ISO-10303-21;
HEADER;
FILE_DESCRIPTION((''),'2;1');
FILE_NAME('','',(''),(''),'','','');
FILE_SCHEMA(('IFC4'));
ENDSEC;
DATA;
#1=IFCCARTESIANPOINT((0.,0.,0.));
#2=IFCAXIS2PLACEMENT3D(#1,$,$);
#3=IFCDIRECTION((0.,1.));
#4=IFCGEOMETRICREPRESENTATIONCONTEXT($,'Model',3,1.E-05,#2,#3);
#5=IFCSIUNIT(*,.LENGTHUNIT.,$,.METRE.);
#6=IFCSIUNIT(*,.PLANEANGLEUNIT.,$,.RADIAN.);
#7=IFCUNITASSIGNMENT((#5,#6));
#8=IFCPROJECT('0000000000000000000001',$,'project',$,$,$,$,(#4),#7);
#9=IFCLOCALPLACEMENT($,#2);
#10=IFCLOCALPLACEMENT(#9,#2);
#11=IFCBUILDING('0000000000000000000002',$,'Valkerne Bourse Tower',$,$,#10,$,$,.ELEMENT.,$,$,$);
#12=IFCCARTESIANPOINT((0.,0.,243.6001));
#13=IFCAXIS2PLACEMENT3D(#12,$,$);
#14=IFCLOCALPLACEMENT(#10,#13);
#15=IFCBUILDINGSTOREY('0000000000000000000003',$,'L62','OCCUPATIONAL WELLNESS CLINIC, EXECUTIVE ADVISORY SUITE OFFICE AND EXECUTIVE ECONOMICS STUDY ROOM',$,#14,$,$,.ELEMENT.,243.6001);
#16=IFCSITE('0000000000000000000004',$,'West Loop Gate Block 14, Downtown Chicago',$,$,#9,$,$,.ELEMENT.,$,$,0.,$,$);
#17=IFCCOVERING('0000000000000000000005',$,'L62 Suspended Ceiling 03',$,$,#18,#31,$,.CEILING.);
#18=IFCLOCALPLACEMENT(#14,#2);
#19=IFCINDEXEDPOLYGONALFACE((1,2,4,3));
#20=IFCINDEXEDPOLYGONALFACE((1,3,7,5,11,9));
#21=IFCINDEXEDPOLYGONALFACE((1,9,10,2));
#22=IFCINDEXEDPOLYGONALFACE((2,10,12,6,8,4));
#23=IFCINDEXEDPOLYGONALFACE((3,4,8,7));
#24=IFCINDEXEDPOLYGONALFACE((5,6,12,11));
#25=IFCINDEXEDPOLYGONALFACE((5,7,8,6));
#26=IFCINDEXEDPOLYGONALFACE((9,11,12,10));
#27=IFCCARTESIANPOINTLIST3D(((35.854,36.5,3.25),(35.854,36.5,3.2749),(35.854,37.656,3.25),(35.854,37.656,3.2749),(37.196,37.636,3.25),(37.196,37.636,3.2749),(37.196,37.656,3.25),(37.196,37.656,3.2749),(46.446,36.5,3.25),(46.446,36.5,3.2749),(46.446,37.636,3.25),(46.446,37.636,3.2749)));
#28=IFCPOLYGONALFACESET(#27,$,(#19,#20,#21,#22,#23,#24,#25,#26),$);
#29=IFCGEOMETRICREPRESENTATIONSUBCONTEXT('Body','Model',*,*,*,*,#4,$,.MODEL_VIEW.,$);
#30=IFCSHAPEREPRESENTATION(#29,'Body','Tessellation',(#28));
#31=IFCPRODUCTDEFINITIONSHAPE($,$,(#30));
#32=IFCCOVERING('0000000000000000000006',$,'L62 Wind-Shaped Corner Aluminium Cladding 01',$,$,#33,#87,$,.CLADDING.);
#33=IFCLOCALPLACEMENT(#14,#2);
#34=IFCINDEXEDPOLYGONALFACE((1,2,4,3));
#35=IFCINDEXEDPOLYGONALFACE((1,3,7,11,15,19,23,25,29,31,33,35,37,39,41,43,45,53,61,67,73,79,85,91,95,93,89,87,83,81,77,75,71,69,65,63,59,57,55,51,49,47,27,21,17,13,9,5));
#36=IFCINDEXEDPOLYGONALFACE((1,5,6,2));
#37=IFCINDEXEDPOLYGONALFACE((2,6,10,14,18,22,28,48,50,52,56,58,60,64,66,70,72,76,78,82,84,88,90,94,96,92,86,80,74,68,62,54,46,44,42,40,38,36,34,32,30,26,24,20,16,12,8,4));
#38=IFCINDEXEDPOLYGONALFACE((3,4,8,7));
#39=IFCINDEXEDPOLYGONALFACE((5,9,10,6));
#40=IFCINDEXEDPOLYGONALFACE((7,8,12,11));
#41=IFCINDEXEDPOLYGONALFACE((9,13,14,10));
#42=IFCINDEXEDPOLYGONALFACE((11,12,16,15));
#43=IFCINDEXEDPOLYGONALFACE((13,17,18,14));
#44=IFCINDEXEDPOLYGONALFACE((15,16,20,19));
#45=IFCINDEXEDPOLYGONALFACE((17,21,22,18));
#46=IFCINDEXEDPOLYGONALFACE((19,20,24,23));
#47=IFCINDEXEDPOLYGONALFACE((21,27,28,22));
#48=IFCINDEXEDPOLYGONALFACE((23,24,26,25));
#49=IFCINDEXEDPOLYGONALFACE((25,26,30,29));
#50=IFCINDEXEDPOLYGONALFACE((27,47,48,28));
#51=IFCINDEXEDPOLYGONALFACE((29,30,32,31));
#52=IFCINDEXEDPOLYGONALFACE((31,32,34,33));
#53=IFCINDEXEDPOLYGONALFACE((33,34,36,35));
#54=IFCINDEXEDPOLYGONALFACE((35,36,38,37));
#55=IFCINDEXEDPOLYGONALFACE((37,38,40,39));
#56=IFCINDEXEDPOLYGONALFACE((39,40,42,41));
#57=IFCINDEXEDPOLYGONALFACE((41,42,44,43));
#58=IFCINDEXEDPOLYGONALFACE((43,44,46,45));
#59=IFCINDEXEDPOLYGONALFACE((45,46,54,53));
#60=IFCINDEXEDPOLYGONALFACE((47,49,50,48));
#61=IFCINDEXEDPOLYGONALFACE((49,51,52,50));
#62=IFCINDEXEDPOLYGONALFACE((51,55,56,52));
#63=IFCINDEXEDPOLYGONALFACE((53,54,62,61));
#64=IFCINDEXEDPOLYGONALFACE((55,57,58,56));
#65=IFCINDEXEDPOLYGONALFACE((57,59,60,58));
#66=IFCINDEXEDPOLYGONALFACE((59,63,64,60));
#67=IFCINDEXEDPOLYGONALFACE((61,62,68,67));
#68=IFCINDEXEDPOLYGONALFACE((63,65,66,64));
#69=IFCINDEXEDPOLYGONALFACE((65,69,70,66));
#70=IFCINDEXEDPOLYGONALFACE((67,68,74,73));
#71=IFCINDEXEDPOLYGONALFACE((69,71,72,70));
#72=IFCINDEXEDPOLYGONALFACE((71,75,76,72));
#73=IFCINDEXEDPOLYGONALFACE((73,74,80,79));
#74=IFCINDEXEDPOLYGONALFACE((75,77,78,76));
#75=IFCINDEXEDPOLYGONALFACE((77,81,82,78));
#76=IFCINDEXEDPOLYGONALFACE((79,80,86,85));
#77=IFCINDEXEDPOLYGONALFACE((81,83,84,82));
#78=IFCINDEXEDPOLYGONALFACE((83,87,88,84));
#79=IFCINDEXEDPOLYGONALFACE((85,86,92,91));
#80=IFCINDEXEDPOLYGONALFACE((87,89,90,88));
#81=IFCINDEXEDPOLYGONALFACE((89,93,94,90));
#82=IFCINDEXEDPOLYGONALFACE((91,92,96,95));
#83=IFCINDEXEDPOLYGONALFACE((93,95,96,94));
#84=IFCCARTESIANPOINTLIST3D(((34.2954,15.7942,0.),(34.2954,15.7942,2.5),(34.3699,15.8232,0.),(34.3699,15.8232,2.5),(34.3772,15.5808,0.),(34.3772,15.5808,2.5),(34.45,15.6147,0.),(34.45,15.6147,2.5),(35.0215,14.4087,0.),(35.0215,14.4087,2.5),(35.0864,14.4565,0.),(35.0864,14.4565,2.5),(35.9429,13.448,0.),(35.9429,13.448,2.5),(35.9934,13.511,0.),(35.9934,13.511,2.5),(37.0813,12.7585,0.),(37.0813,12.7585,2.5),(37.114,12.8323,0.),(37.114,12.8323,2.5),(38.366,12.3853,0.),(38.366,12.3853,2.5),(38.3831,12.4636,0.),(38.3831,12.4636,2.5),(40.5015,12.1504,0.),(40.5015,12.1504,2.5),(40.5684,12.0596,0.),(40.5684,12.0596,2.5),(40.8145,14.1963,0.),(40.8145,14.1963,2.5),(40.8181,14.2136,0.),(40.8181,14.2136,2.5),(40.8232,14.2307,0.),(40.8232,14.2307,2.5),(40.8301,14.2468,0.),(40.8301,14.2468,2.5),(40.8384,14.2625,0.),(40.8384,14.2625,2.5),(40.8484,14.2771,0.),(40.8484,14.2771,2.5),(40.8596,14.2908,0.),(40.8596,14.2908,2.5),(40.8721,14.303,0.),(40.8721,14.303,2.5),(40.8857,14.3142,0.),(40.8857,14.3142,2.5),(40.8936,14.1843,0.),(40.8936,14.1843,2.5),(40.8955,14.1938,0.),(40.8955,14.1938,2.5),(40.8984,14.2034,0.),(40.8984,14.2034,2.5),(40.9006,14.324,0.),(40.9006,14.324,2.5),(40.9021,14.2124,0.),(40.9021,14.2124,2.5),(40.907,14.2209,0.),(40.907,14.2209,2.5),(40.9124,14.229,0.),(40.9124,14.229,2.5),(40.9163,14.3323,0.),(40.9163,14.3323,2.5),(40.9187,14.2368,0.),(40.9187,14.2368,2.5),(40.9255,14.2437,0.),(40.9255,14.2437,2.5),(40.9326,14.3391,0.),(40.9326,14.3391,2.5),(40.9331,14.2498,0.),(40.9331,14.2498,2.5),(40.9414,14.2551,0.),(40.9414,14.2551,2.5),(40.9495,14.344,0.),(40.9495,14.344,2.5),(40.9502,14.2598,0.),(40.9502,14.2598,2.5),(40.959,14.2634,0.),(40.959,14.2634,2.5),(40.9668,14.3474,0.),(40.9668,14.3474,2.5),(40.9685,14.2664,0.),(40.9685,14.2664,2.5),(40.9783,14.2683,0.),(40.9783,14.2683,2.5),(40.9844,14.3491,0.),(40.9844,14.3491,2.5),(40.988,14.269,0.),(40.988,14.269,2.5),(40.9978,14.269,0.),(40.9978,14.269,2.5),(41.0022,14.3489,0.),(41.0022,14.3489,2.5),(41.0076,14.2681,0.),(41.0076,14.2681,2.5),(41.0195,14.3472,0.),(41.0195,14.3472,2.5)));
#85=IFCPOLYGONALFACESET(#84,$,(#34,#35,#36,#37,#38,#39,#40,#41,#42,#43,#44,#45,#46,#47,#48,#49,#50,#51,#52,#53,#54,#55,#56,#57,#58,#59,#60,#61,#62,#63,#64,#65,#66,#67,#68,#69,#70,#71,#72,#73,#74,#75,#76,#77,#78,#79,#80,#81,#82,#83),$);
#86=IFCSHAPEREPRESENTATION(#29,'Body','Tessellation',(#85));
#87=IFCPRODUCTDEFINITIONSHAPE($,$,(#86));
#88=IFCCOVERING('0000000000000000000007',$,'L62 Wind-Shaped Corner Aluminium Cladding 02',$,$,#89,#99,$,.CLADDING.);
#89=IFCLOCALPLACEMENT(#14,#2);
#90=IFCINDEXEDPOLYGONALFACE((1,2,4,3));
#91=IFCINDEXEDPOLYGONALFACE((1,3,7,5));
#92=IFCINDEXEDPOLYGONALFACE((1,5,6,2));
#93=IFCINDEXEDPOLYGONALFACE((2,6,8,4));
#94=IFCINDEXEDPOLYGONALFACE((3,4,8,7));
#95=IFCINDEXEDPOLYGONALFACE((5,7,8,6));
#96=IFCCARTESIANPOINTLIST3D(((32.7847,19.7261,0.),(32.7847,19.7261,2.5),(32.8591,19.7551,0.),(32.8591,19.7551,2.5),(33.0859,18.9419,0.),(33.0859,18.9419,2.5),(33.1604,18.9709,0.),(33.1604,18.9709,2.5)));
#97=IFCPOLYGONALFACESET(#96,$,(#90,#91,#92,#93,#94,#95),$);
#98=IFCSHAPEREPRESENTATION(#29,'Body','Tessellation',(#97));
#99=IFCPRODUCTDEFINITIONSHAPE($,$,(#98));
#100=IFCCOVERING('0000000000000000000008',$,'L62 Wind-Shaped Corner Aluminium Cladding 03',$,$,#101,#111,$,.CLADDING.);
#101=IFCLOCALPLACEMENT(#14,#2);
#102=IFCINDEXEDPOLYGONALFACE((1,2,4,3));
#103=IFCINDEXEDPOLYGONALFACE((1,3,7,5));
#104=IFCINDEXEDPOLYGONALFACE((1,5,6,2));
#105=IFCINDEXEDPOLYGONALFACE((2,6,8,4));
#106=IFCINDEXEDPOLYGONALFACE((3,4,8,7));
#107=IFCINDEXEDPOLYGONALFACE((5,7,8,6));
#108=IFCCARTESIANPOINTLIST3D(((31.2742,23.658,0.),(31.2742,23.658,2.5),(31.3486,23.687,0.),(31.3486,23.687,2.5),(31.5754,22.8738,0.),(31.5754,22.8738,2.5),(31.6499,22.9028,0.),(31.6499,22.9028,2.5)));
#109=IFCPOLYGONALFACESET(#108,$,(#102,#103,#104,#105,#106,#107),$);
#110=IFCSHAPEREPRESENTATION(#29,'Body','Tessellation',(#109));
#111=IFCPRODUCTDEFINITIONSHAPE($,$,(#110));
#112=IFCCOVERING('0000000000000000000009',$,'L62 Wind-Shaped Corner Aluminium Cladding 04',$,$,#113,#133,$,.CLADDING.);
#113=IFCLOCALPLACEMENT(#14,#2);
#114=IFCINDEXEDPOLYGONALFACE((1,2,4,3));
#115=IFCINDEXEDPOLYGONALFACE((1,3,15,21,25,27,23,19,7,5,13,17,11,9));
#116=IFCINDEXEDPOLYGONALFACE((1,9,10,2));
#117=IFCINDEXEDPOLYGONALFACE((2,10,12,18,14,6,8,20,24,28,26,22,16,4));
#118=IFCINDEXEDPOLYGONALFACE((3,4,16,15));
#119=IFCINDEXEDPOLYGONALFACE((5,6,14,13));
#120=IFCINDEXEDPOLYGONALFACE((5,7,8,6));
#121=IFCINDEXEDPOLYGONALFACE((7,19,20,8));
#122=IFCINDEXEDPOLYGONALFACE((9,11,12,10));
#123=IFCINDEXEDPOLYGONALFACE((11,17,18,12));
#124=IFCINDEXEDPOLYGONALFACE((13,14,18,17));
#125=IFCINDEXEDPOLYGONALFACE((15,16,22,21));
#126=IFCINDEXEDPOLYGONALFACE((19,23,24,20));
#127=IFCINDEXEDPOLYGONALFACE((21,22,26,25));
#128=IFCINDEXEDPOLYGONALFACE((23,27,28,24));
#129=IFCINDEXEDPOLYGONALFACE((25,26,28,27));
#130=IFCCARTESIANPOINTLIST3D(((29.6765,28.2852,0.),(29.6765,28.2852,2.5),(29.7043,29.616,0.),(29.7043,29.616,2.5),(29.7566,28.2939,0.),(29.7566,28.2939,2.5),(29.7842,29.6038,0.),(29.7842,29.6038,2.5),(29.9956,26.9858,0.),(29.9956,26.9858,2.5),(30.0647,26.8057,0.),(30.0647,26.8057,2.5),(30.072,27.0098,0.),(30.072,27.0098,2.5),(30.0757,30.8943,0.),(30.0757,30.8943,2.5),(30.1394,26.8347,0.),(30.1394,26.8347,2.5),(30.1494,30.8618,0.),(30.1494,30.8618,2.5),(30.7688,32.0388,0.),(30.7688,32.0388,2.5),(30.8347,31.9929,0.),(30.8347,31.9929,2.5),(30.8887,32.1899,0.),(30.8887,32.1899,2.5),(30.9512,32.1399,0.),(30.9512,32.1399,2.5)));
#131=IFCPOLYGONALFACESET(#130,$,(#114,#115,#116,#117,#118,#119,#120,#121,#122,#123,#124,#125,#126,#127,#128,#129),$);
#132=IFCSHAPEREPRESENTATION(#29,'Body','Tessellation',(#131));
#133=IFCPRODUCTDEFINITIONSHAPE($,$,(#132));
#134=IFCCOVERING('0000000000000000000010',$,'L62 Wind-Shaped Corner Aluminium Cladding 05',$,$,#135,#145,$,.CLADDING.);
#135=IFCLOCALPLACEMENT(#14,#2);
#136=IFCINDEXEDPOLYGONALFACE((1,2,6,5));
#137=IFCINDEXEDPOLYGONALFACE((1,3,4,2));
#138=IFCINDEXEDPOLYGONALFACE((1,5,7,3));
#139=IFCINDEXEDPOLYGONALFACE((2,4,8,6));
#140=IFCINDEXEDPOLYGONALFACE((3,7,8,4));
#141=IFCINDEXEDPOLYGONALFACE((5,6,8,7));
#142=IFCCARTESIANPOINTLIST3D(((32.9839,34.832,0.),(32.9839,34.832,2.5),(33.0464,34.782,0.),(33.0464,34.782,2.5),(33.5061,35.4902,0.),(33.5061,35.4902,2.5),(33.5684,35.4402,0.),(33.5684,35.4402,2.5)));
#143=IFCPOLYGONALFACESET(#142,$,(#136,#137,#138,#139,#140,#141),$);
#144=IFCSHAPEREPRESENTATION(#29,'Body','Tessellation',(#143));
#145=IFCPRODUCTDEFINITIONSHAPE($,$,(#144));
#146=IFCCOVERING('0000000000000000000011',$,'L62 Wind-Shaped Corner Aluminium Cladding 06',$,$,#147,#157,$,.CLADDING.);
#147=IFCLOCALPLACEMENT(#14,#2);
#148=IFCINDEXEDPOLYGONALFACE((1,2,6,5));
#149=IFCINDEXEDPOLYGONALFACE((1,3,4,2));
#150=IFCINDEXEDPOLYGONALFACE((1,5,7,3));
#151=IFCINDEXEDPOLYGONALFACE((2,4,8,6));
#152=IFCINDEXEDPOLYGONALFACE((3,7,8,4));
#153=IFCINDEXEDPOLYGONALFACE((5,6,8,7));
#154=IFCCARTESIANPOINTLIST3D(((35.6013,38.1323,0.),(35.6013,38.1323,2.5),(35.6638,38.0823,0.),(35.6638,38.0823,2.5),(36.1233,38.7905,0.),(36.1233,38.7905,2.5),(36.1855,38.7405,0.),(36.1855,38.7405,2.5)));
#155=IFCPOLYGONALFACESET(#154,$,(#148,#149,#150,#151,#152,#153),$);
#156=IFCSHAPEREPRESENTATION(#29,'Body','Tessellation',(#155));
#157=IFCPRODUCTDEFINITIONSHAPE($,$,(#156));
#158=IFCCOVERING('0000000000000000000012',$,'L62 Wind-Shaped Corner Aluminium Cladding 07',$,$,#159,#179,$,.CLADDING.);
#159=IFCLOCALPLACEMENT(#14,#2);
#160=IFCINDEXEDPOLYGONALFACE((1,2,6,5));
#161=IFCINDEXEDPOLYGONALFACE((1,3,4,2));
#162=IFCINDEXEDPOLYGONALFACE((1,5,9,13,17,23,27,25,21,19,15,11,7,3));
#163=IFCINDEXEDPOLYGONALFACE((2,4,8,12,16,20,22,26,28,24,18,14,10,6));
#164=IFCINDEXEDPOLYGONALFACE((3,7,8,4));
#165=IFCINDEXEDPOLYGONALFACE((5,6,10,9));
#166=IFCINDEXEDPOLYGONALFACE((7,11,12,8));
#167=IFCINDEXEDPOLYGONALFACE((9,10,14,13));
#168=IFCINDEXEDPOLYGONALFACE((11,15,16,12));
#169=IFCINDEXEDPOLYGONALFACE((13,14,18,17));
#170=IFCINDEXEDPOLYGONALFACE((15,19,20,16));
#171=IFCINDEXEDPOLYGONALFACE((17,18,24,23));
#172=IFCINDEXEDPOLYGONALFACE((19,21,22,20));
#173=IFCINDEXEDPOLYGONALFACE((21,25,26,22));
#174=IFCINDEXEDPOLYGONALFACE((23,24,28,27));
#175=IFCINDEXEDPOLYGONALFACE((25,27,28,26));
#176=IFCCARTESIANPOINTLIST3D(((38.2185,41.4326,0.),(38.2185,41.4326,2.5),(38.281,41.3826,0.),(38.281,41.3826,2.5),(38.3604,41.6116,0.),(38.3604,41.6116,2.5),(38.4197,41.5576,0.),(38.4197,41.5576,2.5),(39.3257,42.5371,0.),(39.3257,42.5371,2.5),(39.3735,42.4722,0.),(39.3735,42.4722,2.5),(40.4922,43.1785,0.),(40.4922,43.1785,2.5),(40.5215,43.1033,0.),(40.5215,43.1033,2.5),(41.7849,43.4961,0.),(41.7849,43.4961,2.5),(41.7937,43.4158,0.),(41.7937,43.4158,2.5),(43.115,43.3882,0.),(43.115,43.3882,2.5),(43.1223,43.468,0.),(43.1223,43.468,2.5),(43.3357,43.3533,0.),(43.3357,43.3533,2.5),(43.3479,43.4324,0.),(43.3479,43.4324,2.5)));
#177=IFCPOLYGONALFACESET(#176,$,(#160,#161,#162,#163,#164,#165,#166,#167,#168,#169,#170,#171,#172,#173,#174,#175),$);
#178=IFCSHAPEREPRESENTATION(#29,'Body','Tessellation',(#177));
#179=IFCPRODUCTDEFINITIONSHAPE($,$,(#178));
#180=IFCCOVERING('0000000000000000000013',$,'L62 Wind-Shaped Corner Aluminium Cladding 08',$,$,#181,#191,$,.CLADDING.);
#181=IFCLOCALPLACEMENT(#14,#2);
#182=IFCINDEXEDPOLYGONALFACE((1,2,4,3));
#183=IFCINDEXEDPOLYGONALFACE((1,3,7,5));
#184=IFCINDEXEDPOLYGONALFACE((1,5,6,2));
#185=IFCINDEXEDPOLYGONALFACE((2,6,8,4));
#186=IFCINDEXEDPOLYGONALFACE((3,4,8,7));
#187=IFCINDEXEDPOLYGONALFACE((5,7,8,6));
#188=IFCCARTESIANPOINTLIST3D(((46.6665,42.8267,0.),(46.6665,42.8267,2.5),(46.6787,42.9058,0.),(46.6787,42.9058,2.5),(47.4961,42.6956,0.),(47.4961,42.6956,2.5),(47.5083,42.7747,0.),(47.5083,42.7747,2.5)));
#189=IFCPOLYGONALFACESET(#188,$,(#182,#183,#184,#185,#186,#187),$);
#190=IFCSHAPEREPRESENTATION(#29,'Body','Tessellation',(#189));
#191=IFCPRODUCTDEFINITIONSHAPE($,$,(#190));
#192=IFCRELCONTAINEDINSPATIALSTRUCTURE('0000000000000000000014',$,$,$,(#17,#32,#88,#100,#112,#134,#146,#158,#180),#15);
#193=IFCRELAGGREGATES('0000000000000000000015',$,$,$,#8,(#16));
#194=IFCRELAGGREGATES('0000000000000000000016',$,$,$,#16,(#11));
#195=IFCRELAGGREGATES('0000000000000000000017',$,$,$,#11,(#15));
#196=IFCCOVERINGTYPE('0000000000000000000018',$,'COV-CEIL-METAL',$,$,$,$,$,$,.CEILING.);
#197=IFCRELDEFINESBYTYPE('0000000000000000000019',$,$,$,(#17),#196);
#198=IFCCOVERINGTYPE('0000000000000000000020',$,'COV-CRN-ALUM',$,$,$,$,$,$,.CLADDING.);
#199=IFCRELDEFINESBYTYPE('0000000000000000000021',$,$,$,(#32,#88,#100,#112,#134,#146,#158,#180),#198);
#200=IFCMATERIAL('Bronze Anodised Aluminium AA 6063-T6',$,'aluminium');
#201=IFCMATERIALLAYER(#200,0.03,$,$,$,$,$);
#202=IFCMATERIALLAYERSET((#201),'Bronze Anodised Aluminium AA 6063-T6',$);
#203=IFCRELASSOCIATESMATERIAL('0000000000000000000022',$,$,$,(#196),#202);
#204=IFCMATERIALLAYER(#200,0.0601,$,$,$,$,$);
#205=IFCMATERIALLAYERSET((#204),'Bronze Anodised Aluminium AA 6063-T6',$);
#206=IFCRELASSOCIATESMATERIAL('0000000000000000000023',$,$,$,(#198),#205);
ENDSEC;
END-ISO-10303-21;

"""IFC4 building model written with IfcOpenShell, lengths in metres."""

from ifc_helpers import new_model, si_unit, direction, frame, origin, place, context, subcontext, project, spatial, polyline, outline, extrude, material, layer, layer_set, type_object, element, save


model = new_model("IFC4")

# Units and contexts
model_context = context("Model", 3, precision=1e-05, world=origin(), true_north=direction((0.0, 1.0)))
body_context = subcontext(model_context, "Body", "Model", "MODEL_VIEW")
ifc_project = project(units=[si_unit("LENGTHUNIT", "METRE"), si_unit("PLANEANGLEUNIT", "RADIAN")], contexts=[model_context])

# Site, building, storey
site_placement = place(None, origin())
site = spatial("IfcSite", under=ifc_project, at=site_placement, Name="West Loop Gate Block 14, Downtown Chicago", CompositionType="ELEMENT", RefElevation=0.0)
building_placement = place(site_placement, origin())
building = spatial("IfcBuilding", under=site, at=building_placement, Name="Valkerne Bourse Tower", CompositionType="ELEMENT")
storey_placement = place(building_placement, frame((0.0, 0.0, 243.6001)))
storey = spatial("IfcBuildingStorey", under=building, at=storey_placement, Name="L62", Description="OCCUPATIONAL WELLNESS CLINIC, EXECUTIVE ADVISORY SUITE OFFICE AND EXECUTIVE ECONOMICS STUDY ROOM", CompositionType="ELEMENT", Elevation=243.6001)

# Coverings
ifc_material_1 = material(Name="Bronze Anodised Aluminium AA 6063-T6", Category="aluminium")
ifc_layer_1 = layer(ifc_material_1, 0.03)
ifc_layer_set_1 = layer_set([ifc_layer_1], Name="Bronze Anodised Aluminium AA 6063-T6")
covering_type_1 = type_object("IfcCoveringType", Name="COV-CEIL-METAL", PredefinedType="CEILING", material=ifc_layer_set_1)
covering_1_placement = place(storey_placement, frame((0.0, 0.0, 3.25)))
element("IfcCovering", 1, at=covering_1_placement, inside=storey, type_object=covering_type_1, Name="L62 Suspended Ceiling 03", PredefinedType="CEILING", context=body_context, shape_type="SweptSolid", body=[
    extrude(outline(polyline([(35.854, 37.656), (37.196, 37.656), (37.196, 37.636), (46.446, 37.636), (46.446, 36.5), (35.854, 36.5), (35.854, 37.656)])), origin(), (0.0, 0.0, 1.0), 0.0249),
])
ifc_layer_2 = layer(ifc_material_1, 0.0601)
ifc_layer_set_2 = layer_set([ifc_layer_2], Name="Bronze Anodised Aluminium AA 6063-T6")
covering_type_2 = type_object("IfcCoveringType", Name="COV-CRN-ALUM", PredefinedType="CLADDING", material=ifc_layer_set_2)
covering_2_placement = place(storey_placement, origin())
element("IfcCovering", 2, at=covering_2_placement, inside=storey, type_object=covering_type_2, Name="L62 Wind-Shaped Corner Aluminium Cladding 01", PredefinedType="CLADDING", context=body_context, shape_type="SweptSolid", body=[
    extrude(outline(polyline([(35.9429, 13.448), (35.0215, 14.4087), (34.3772, 15.5808), (34.2954, 15.7942), (34.3699, 15.8232), (34.45, 15.6147), (35.0864, 14.4565), (35.9934, 13.511), (37.114, 12.8323), (38.3831, 12.4636), (40.5015, 12.1504), (40.8145, 14.1963), (40.8181, 14.2136), (40.8232, 14.2307), (40.8301, 14.2468), (40.8384, 14.2625), (40.8484, 14.2771), (40.8596, 14.2908), (40.8721, 14.303), (40.8857, 14.3142), (40.9006, 14.324), (40.9163, 14.3323), (40.9326, 14.3391), (40.9495, 14.344), (40.9668, 14.3474), (40.9844, 14.3491), (41.0022, 14.3489), (41.0195, 14.3472), (41.0076, 14.2681), (40.9978, 14.269), (40.988, 14.269), (40.9783, 14.2683), (40.9685, 14.2664), (40.959, 14.2634), (40.9502, 14.2598), (40.9414, 14.2551), (40.9331, 14.2498), (40.9255, 14.2437), (40.9187, 14.2368), (40.9124, 14.229), (40.907, 14.2209), (40.9021, 14.2124), (40.8984, 14.2034), (40.8955, 14.1938), (40.8936, 14.1843), (40.5684, 12.0596), (38.366, 12.3853), (37.0813, 12.7585), (35.9429, 13.448)])), origin(), (0.0, 0.0, 1.0), 2.5),
])
covering_3_placement = place(storey_placement, origin())
element("IfcCovering", 3, at=covering_3_placement, inside=storey, type_object=covering_type_2, Name="L62 Wind-Shaped Corner Aluminium Cladding 02", PredefinedType="CLADDING", context=body_context, shape_type="SweptSolid", body=[
    extrude(outline(polyline([(32.7847, 19.7261), (32.8591, 19.7551), (33.1604, 18.9709), (33.0859, 18.9419), (32.7847, 19.7261)])), origin(), (0.0, 0.0, 1.0), 2.5),
])
covering_4_placement = place(storey_placement, origin())
element("IfcCovering", 4, at=covering_4_placement, inside=storey, type_object=covering_type_2, Name="L62 Wind-Shaped Corner Aluminium Cladding 03", PredefinedType="CLADDING", context=body_context, shape_type="SweptSolid", body=[
    extrude(outline(polyline([(31.2742, 23.658), (31.3486, 23.687), (31.6499, 22.9028), (31.5754, 22.8738), (31.2742, 23.658)])), origin(), (0.0, 0.0, 1.0), 2.5),
])
covering_5_placement = place(storey_placement, origin())
element("IfcCovering", 5, at=covering_5_placement, inside=storey, type_object=covering_type_2, Name="L62 Wind-Shaped Corner Aluminium Cladding 04", PredefinedType="CLADDING", context=body_context, shape_type="SweptSolid", body=[
    extrude(outline(polyline([(29.9956, 26.9858), (29.6765, 28.2852), (29.7043, 29.616), (30.0757, 30.8943), (30.7688, 32.0388), (30.8887, 32.1899), (30.9512, 32.1399), (30.8347, 31.9929), (30.1494, 30.8618), (29.7842, 29.6038), (29.7566, 28.2939), (30.072, 27.0098), (30.1394, 26.8347), (30.0647, 26.8057), (29.9956, 26.9858)])), origin(), (0.0, 0.0, 1.0), 2.5),
])
covering_6_placement = place(storey_placement, origin())
element("IfcCovering", 6, at=covering_6_placement, inside=storey, type_object=covering_type_2, Name="L62 Wind-Shaped Corner Aluminium Cladding 05", PredefinedType="CLADDING", context=body_context, shape_type="SweptSolid", body=[
    extrude(outline(polyline([(33.5061, 35.4902), (33.5684, 35.4402), (33.0464, 34.782), (32.9839, 34.832), (33.5061, 35.4902)])), origin(), (0.0, 0.0, 1.0), 2.5),
])
covering_7_placement = place(storey_placement, origin())
element("IfcCovering", 7, at=covering_7_placement, inside=storey, type_object=covering_type_2, Name="L62 Wind-Shaped Corner Aluminium Cladding 06", PredefinedType="CLADDING", context=body_context, shape_type="SweptSolid", body=[
    extrude(outline(polyline([(36.1233, 38.7905), (36.1855, 38.7405), (35.6638, 38.0823), (35.6013, 38.1323), (36.1233, 38.7905)])), origin(), (0.0, 0.0, 1.0), 2.5),
])
covering_8_placement = place(storey_placement, origin())
element("IfcCovering", 8, at=covering_8_placement, inside=storey, type_object=covering_type_2, Name="L62 Wind-Shaped Corner Aluminium Cladding 07", PredefinedType="CLADDING", context=body_context, shape_type="SweptSolid", body=[
    extrude(outline(polyline([(38.3604, 41.6116), (39.3257, 42.5371), (40.4922, 43.1785), (41.7849, 43.4961), (43.1223, 43.468), (43.3479, 43.4324), (43.3357, 43.3533), (43.115, 43.3882), (41.7937, 43.4158), (40.5215, 43.1033), (39.3735, 42.4722), (38.4197, 41.5576), (38.281, 41.3826), (38.2185, 41.4326), (38.3604, 41.6116)])), origin(), (0.0, 0.0, 1.0), 2.5),
])
covering_9_placement = place(storey_placement, origin())
element("IfcCovering", 9, at=covering_9_placement, inside=storey, type_object=covering_type_2, Name="L62 Wind-Shaped Corner Aluminium Cladding 08", PredefinedType="CLADDING", context=body_context, shape_type="SweptSolid", body=[
    extrude(outline(polyline([(47.5083, 42.7747), (47.4961, 42.6956), (46.6665, 42.8267), (46.6787, 42.9058), (47.5083, 42.7747)])), origin(), (0.0, 0.0, 1.0), 2.5),
])

save(model, "model.ifc")
